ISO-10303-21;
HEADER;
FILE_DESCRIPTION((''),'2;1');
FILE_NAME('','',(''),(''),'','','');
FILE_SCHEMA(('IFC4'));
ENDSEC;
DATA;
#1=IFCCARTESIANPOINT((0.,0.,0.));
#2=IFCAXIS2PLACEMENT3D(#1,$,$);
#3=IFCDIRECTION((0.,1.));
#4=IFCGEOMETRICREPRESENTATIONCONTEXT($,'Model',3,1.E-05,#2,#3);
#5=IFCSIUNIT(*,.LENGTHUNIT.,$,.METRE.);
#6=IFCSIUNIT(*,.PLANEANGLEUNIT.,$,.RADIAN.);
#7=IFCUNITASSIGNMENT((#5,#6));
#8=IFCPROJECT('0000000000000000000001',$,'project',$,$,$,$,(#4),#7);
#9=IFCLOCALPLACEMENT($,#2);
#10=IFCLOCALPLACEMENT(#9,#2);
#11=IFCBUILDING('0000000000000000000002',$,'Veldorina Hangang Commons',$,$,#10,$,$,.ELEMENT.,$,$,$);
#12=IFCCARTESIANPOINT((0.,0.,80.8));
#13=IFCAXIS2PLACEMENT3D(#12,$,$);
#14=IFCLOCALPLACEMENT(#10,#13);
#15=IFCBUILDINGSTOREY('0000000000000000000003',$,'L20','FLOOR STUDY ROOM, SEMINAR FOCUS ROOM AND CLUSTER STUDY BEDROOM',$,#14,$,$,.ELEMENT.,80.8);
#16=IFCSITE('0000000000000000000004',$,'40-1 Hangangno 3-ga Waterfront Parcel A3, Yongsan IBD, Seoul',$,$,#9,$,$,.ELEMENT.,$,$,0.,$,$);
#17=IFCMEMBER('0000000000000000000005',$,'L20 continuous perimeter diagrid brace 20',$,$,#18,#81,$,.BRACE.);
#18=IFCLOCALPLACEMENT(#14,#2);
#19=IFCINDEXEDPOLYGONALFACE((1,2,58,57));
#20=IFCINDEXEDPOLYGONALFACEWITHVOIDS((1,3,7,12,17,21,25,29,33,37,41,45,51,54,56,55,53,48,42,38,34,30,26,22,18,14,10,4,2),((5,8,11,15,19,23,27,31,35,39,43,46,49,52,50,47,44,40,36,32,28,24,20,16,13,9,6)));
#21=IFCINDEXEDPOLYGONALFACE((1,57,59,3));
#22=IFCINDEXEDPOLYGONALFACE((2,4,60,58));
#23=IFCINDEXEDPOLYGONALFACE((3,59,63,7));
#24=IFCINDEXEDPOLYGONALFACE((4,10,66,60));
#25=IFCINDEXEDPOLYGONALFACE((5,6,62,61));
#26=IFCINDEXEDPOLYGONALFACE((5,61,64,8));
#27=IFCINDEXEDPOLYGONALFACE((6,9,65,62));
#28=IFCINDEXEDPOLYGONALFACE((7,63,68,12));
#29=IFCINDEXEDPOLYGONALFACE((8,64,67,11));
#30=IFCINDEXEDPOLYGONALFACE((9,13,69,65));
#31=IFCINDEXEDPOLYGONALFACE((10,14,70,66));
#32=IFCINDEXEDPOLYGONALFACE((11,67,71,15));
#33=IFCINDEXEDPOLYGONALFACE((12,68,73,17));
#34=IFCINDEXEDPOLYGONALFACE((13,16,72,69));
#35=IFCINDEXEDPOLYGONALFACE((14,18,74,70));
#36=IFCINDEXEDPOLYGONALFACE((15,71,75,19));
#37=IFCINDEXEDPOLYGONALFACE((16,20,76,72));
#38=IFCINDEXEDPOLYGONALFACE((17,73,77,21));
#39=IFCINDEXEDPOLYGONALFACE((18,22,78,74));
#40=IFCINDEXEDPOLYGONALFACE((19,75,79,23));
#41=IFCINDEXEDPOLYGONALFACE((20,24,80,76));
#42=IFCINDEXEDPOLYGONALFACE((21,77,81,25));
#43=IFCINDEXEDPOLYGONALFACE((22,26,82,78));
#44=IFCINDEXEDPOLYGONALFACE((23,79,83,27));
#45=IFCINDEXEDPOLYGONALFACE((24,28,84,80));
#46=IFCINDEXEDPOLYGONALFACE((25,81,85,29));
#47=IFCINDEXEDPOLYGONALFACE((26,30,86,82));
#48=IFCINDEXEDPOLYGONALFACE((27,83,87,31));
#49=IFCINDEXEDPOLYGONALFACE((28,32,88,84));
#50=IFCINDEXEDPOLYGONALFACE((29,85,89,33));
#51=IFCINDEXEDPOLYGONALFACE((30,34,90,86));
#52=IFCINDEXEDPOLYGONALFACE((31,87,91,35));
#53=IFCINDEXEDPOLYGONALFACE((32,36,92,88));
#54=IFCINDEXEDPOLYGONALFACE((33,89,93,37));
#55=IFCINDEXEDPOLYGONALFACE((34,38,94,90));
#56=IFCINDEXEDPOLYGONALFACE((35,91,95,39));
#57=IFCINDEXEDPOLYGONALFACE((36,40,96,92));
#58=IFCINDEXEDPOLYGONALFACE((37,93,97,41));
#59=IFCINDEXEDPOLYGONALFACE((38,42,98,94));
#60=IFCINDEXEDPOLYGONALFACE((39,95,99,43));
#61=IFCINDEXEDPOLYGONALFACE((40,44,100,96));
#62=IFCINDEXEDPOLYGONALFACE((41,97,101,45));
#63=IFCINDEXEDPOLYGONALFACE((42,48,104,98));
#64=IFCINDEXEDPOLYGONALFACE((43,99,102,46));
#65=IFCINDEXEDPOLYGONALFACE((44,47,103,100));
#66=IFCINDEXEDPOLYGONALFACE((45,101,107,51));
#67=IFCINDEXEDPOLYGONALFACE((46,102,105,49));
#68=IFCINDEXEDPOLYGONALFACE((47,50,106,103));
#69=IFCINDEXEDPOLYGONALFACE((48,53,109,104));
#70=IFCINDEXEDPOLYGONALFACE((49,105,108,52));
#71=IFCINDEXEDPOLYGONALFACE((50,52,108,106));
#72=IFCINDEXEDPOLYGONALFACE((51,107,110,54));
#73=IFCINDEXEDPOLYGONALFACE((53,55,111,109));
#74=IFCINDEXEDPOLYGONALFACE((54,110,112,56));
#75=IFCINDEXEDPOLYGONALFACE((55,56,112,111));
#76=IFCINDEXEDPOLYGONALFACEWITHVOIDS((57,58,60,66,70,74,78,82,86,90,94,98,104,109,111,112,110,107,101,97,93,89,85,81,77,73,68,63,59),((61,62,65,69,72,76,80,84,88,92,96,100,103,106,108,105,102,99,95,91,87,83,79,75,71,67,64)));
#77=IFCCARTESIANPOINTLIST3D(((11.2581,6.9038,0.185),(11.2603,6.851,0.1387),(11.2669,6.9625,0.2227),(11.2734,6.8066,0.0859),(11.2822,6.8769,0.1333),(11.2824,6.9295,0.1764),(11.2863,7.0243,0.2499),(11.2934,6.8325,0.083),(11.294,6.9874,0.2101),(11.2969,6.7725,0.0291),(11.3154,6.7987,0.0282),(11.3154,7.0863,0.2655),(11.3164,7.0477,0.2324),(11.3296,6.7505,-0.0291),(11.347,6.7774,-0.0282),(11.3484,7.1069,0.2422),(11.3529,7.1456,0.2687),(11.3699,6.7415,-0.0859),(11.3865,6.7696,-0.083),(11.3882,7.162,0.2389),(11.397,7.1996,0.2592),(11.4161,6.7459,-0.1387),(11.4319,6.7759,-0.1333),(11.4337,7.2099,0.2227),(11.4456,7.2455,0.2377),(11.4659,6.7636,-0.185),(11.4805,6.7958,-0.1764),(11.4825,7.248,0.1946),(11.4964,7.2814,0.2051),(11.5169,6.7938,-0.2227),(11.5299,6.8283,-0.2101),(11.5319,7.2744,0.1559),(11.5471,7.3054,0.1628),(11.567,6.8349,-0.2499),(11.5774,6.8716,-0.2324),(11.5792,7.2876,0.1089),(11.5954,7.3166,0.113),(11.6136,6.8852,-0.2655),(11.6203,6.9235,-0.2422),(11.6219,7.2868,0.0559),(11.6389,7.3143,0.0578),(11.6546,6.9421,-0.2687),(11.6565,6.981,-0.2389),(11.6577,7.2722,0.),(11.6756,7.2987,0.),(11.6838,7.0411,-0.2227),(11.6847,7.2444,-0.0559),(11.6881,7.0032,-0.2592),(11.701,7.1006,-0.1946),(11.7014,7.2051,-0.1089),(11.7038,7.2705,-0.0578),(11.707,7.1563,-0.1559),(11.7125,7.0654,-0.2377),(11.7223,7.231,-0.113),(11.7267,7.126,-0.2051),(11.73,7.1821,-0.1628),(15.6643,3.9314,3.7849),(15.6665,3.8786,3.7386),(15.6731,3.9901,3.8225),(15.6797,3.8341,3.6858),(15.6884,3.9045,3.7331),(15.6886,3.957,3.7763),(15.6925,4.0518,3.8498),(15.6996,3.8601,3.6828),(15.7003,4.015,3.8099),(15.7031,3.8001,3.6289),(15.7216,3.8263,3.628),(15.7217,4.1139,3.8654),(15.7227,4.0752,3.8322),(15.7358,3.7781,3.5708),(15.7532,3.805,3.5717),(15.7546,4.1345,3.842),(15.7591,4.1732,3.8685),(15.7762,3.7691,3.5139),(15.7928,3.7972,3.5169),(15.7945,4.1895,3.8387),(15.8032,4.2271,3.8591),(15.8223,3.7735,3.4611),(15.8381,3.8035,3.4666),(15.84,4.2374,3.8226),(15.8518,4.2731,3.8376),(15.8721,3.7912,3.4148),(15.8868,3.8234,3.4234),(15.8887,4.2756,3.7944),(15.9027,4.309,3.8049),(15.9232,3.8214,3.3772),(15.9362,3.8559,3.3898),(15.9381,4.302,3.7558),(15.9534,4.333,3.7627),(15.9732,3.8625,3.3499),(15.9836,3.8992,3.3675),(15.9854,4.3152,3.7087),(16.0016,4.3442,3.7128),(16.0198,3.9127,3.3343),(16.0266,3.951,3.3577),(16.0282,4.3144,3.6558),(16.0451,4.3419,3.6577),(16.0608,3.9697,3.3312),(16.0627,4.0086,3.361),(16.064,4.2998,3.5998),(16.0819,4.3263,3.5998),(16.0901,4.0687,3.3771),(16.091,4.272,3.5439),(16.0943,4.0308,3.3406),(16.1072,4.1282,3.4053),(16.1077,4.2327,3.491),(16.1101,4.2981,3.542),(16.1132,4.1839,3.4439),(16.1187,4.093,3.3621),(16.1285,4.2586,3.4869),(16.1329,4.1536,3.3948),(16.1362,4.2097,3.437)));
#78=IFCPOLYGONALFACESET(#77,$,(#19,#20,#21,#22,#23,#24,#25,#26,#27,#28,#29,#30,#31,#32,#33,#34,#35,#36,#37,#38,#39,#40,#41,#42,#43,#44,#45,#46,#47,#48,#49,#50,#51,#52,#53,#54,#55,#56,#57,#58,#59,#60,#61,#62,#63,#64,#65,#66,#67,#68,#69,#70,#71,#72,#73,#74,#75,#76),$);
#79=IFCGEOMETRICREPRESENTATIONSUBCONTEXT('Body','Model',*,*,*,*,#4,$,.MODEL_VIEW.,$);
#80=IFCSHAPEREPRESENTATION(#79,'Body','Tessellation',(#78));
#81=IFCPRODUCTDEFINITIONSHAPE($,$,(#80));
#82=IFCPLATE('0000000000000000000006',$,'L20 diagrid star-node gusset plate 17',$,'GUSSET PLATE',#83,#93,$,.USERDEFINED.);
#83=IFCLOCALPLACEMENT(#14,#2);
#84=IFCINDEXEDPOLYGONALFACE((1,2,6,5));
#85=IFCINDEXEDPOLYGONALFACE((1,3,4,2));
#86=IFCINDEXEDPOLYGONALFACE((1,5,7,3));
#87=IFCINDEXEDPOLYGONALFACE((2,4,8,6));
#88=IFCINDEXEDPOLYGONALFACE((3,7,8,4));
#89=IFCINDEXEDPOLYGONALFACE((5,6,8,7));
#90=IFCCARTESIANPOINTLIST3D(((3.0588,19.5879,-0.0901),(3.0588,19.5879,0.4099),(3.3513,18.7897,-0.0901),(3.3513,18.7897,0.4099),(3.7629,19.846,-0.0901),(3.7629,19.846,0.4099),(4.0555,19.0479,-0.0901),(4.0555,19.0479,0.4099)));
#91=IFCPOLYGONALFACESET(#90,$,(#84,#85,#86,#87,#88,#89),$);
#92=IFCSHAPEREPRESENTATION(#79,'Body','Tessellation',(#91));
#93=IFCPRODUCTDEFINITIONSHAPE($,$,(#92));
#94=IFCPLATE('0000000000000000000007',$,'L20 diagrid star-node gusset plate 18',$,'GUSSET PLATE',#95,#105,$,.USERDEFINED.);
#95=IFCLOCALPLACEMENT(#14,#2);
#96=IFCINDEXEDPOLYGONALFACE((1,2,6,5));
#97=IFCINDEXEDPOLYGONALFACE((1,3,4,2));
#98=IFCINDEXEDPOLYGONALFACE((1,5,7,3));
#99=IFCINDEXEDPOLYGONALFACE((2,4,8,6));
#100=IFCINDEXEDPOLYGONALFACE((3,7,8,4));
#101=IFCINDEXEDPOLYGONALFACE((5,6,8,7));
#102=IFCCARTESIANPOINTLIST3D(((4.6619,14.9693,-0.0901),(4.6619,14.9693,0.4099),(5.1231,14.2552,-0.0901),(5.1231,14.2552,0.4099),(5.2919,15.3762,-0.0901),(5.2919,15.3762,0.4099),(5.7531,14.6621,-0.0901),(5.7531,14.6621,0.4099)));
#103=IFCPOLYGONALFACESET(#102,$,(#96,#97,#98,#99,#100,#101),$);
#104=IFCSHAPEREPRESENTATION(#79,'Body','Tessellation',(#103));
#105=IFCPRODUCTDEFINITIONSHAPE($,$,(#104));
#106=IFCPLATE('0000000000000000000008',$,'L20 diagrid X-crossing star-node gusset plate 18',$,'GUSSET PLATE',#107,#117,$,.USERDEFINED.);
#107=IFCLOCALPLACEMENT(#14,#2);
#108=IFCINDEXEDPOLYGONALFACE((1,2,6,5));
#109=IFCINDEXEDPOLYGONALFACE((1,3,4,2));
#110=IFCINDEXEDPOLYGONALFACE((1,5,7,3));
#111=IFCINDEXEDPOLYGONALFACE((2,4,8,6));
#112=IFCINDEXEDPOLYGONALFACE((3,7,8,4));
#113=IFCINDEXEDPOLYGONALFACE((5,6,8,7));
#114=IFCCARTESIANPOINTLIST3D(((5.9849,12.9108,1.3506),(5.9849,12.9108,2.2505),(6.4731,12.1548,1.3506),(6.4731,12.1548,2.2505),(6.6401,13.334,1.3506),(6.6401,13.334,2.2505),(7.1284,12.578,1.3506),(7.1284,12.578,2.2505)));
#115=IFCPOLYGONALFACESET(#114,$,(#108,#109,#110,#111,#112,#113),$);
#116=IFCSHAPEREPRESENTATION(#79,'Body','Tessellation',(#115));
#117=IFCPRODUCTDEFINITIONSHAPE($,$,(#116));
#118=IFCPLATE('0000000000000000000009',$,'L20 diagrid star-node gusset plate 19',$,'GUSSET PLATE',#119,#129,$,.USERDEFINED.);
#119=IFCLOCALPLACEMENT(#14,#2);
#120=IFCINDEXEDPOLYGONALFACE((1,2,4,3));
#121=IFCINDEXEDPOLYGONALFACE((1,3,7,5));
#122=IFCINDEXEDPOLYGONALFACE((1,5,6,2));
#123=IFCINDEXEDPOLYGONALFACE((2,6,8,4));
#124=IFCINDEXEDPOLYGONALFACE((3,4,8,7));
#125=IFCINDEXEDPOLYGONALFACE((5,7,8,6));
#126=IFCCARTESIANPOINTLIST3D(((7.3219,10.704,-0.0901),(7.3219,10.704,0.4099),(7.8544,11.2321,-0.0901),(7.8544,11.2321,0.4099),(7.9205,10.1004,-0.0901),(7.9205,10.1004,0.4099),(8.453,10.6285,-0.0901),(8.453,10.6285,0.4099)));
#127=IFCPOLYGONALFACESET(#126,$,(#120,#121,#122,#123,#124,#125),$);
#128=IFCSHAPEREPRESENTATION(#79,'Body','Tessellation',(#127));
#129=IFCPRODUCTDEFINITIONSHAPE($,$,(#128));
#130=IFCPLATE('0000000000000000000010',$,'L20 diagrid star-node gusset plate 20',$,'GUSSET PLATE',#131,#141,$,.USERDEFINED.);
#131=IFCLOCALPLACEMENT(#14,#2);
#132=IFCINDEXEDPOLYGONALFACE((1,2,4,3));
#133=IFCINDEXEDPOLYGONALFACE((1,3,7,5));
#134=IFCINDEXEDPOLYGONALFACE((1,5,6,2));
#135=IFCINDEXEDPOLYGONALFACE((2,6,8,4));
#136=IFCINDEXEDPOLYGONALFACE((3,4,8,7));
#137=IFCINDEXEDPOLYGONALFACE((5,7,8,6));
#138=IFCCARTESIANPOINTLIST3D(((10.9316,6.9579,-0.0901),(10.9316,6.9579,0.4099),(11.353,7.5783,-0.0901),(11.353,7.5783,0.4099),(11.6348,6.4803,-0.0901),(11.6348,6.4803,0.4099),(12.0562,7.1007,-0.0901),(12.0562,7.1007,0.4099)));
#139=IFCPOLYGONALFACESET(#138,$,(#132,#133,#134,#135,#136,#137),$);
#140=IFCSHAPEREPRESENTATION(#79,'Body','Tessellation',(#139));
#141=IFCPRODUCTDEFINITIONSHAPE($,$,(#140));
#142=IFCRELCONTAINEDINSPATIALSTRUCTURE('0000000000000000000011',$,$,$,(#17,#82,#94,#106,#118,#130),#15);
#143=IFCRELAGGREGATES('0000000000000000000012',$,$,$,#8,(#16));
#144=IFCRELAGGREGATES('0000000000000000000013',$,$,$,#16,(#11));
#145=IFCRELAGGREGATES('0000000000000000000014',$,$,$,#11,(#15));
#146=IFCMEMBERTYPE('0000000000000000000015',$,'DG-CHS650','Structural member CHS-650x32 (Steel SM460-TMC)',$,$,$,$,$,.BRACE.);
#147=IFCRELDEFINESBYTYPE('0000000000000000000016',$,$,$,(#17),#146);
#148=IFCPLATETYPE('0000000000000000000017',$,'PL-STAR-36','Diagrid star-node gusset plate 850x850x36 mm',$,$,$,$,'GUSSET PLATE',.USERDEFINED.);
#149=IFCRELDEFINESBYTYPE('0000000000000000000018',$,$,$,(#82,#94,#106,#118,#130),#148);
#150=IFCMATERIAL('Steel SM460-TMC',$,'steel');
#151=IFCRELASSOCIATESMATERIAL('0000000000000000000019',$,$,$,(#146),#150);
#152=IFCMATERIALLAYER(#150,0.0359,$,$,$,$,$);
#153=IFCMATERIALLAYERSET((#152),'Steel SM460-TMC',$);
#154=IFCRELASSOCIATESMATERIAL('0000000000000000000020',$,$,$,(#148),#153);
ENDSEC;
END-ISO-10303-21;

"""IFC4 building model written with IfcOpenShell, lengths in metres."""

from ifc_helpers import new_model, si_unit, direction, frame, origin, origin_2d, place, context, subcontext, project, spatial, rectangle, hollow_circle, extrude, material, layer, layer_set, material_profile, profile_set, type_object, element, save


model = new_model("IFC4")

# Units and contexts
model_context = context("Model", 3, precision=1e-05, world=origin(), true_north=direction((0.0, 1.0)))
body_context = subcontext(model_context, "Body", "Model", "MODEL_VIEW")
ifc_project = project(units=[si_unit("LENGTHUNIT", "METRE"), si_unit("PLANEANGLEUNIT", "RADIAN")], contexts=[model_context])

# Site, building, storey
site_placement = place(None, origin())
site = spatial("IfcSite", under=ifc_project, at=site_placement, Name="40-1 Hangangno 3-ga Waterfront Parcel A3, Yongsan IBD, Seoul", CompositionType="ELEMENT", RefElevation=0.0)
building_placement = place(site_placement, origin())
building = spatial("IfcBuilding", under=site, at=building_placement, Name="Veldorina Hangang Commons", CompositionType="ELEMENT")
storey_placement = place(building_placement, frame((0.0, 0.0, 80.8)))
storey = spatial("IfcBuildingStorey", under=building, at=storey_placement, Name="L20", Description="FLOOR STUDY ROOM, SEMINAR FOCUS ROOM AND CLUSTER STUDY BEDROOM", CompositionType="ELEMENT", Elevation=80.8)

# Member
ifc_material_1 = material(Name="Steel SM460-TMC", Category="steel")
ifc_material_profile_1 = material_profile(ifc_material_1, hollow_circle(Radius=0.325, WallThickness=0.032, at=origin_2d()), Name="CHS-650x32")
ifc_profile_set_1 = profile_set([ifc_material_profile_1], Name="Steel SM460-TMC")
member_type = type_object("IfcMemberType", Name="DG-CHS650", Description="Structural member CHS-650x32 (Steel SM460-TMC)", PredefinedType="BRACE", material=ifc_profile_set_1)
member_1_placement = place(storey_placement, frame((11.4939, 7.0293, 0.0), z_axis=(0.686392, -0.463033, 0.560774), x_axis=(0.559239, 0.829006, 0.0)))
element("IfcMember", 1, at=member_1_placement, inside=storey, type_object=member_type, Name="L20 continuous perimeter diagrid brace 20", PredefinedType="BRACE", context=body_context, shape_type="SweptSolid", body=[
    extrude(hollow_circle(Radius=0.325, WallThickness=0.032, at=origin_2d()), origin(), (0.0, 0.0, 1.0), 6.4194),
])

# Plates
ifc_layer_1 = layer(ifc_material_1, 0.0359)
ifc_layer_set_1 = layer_set([ifc_layer_1], Name="Steel SM460-TMC")
plate_type = type_object("IfcPlateType", Name="PL-STAR-36", Description="Diagrid star-node gusset plate 850x850x36 mm", ElementType="GUSSET PLATE", PredefinedType="USERDEFINED", material=ifc_layer_set_1)
for number, where, z_axis, x_axis, name in (
    (2, (3.5571, 19.3179, -0.0901), (0.0, 0.0, 1.0), (0.344168, -0.938908, 0.0), "L20 diagrid star-node gusset plate 17"),
    (3, (5.2075, 14.8157, -0.0901), (0.0, 0.0, 1.0), (0.542544, -0.840027, 0.0), "L20 diagrid star-node gusset plate 18"),
):
    element("IfcPlate", number, at=place(storey_placement, frame(where, z_axis=z_axis, x_axis=x_axis)), inside=storey, type_object=plate_type, Name=name, ObjectType="GUSSET PLATE", PredefinedType="USERDEFINED", context=body_context, shape_type="SweptSolid", body=[
        extrude(rectangle(XDim=0.8501, YDim=0.75, at=origin_2d()), origin(), (0.0, 0.0, 1.0), 0.5),
    ])
plate_placement = place(storey_placement, frame((6.5566, 12.7444, 1.3506), z_axis=(0.0, 0.0, 1.0), x_axis=(0.542544, -0.840027, 0.0)))
element("IfcPlate", 4, at=plate_placement, inside=storey, type_object=plate_type, Name="L20 diagrid X-crossing star-node gusset plate 18", ObjectType="GUSSET PLATE", PredefinedType="USERDEFINED", context=body_context, shape_type="SweptSolid", body=[
    extrude(rectangle(XDim=0.8999, YDim=0.78, at=origin_2d()), origin(), (0.0, 0.0, 1.0), 0.8999),
])
for number, where, z_axis, x_axis, name in (
    (5, (7.8875, 10.6663, -0.0901), (0.0, 0.0, 1.0), (0.704139, -0.710062, 0.0), "L20 diagrid star-node gusset plate 19"),
    (6, (11.4939, 7.0293, -0.0901), (0.0, 0.0, 1.0), (0.827247, -0.561838, 0.0), "L20 diagrid star-node gusset plate 20"),
):
    element("IfcPlate", number, at=place(storey_placement, frame(where, z_axis=z_axis, x_axis=x_axis)), inside=storey, type_object=plate_type, Name=name, ObjectType="GUSSET PLATE", PredefinedType="USERDEFINED", context=body_context, shape_type="SweptSolid", body=[
        extrude(rectangle(XDim=0.8501, YDim=0.75, at=origin_2d()), origin(), (0.0, 0.0, 1.0), 0.5),
    ])

save(model, "model.ifc")
